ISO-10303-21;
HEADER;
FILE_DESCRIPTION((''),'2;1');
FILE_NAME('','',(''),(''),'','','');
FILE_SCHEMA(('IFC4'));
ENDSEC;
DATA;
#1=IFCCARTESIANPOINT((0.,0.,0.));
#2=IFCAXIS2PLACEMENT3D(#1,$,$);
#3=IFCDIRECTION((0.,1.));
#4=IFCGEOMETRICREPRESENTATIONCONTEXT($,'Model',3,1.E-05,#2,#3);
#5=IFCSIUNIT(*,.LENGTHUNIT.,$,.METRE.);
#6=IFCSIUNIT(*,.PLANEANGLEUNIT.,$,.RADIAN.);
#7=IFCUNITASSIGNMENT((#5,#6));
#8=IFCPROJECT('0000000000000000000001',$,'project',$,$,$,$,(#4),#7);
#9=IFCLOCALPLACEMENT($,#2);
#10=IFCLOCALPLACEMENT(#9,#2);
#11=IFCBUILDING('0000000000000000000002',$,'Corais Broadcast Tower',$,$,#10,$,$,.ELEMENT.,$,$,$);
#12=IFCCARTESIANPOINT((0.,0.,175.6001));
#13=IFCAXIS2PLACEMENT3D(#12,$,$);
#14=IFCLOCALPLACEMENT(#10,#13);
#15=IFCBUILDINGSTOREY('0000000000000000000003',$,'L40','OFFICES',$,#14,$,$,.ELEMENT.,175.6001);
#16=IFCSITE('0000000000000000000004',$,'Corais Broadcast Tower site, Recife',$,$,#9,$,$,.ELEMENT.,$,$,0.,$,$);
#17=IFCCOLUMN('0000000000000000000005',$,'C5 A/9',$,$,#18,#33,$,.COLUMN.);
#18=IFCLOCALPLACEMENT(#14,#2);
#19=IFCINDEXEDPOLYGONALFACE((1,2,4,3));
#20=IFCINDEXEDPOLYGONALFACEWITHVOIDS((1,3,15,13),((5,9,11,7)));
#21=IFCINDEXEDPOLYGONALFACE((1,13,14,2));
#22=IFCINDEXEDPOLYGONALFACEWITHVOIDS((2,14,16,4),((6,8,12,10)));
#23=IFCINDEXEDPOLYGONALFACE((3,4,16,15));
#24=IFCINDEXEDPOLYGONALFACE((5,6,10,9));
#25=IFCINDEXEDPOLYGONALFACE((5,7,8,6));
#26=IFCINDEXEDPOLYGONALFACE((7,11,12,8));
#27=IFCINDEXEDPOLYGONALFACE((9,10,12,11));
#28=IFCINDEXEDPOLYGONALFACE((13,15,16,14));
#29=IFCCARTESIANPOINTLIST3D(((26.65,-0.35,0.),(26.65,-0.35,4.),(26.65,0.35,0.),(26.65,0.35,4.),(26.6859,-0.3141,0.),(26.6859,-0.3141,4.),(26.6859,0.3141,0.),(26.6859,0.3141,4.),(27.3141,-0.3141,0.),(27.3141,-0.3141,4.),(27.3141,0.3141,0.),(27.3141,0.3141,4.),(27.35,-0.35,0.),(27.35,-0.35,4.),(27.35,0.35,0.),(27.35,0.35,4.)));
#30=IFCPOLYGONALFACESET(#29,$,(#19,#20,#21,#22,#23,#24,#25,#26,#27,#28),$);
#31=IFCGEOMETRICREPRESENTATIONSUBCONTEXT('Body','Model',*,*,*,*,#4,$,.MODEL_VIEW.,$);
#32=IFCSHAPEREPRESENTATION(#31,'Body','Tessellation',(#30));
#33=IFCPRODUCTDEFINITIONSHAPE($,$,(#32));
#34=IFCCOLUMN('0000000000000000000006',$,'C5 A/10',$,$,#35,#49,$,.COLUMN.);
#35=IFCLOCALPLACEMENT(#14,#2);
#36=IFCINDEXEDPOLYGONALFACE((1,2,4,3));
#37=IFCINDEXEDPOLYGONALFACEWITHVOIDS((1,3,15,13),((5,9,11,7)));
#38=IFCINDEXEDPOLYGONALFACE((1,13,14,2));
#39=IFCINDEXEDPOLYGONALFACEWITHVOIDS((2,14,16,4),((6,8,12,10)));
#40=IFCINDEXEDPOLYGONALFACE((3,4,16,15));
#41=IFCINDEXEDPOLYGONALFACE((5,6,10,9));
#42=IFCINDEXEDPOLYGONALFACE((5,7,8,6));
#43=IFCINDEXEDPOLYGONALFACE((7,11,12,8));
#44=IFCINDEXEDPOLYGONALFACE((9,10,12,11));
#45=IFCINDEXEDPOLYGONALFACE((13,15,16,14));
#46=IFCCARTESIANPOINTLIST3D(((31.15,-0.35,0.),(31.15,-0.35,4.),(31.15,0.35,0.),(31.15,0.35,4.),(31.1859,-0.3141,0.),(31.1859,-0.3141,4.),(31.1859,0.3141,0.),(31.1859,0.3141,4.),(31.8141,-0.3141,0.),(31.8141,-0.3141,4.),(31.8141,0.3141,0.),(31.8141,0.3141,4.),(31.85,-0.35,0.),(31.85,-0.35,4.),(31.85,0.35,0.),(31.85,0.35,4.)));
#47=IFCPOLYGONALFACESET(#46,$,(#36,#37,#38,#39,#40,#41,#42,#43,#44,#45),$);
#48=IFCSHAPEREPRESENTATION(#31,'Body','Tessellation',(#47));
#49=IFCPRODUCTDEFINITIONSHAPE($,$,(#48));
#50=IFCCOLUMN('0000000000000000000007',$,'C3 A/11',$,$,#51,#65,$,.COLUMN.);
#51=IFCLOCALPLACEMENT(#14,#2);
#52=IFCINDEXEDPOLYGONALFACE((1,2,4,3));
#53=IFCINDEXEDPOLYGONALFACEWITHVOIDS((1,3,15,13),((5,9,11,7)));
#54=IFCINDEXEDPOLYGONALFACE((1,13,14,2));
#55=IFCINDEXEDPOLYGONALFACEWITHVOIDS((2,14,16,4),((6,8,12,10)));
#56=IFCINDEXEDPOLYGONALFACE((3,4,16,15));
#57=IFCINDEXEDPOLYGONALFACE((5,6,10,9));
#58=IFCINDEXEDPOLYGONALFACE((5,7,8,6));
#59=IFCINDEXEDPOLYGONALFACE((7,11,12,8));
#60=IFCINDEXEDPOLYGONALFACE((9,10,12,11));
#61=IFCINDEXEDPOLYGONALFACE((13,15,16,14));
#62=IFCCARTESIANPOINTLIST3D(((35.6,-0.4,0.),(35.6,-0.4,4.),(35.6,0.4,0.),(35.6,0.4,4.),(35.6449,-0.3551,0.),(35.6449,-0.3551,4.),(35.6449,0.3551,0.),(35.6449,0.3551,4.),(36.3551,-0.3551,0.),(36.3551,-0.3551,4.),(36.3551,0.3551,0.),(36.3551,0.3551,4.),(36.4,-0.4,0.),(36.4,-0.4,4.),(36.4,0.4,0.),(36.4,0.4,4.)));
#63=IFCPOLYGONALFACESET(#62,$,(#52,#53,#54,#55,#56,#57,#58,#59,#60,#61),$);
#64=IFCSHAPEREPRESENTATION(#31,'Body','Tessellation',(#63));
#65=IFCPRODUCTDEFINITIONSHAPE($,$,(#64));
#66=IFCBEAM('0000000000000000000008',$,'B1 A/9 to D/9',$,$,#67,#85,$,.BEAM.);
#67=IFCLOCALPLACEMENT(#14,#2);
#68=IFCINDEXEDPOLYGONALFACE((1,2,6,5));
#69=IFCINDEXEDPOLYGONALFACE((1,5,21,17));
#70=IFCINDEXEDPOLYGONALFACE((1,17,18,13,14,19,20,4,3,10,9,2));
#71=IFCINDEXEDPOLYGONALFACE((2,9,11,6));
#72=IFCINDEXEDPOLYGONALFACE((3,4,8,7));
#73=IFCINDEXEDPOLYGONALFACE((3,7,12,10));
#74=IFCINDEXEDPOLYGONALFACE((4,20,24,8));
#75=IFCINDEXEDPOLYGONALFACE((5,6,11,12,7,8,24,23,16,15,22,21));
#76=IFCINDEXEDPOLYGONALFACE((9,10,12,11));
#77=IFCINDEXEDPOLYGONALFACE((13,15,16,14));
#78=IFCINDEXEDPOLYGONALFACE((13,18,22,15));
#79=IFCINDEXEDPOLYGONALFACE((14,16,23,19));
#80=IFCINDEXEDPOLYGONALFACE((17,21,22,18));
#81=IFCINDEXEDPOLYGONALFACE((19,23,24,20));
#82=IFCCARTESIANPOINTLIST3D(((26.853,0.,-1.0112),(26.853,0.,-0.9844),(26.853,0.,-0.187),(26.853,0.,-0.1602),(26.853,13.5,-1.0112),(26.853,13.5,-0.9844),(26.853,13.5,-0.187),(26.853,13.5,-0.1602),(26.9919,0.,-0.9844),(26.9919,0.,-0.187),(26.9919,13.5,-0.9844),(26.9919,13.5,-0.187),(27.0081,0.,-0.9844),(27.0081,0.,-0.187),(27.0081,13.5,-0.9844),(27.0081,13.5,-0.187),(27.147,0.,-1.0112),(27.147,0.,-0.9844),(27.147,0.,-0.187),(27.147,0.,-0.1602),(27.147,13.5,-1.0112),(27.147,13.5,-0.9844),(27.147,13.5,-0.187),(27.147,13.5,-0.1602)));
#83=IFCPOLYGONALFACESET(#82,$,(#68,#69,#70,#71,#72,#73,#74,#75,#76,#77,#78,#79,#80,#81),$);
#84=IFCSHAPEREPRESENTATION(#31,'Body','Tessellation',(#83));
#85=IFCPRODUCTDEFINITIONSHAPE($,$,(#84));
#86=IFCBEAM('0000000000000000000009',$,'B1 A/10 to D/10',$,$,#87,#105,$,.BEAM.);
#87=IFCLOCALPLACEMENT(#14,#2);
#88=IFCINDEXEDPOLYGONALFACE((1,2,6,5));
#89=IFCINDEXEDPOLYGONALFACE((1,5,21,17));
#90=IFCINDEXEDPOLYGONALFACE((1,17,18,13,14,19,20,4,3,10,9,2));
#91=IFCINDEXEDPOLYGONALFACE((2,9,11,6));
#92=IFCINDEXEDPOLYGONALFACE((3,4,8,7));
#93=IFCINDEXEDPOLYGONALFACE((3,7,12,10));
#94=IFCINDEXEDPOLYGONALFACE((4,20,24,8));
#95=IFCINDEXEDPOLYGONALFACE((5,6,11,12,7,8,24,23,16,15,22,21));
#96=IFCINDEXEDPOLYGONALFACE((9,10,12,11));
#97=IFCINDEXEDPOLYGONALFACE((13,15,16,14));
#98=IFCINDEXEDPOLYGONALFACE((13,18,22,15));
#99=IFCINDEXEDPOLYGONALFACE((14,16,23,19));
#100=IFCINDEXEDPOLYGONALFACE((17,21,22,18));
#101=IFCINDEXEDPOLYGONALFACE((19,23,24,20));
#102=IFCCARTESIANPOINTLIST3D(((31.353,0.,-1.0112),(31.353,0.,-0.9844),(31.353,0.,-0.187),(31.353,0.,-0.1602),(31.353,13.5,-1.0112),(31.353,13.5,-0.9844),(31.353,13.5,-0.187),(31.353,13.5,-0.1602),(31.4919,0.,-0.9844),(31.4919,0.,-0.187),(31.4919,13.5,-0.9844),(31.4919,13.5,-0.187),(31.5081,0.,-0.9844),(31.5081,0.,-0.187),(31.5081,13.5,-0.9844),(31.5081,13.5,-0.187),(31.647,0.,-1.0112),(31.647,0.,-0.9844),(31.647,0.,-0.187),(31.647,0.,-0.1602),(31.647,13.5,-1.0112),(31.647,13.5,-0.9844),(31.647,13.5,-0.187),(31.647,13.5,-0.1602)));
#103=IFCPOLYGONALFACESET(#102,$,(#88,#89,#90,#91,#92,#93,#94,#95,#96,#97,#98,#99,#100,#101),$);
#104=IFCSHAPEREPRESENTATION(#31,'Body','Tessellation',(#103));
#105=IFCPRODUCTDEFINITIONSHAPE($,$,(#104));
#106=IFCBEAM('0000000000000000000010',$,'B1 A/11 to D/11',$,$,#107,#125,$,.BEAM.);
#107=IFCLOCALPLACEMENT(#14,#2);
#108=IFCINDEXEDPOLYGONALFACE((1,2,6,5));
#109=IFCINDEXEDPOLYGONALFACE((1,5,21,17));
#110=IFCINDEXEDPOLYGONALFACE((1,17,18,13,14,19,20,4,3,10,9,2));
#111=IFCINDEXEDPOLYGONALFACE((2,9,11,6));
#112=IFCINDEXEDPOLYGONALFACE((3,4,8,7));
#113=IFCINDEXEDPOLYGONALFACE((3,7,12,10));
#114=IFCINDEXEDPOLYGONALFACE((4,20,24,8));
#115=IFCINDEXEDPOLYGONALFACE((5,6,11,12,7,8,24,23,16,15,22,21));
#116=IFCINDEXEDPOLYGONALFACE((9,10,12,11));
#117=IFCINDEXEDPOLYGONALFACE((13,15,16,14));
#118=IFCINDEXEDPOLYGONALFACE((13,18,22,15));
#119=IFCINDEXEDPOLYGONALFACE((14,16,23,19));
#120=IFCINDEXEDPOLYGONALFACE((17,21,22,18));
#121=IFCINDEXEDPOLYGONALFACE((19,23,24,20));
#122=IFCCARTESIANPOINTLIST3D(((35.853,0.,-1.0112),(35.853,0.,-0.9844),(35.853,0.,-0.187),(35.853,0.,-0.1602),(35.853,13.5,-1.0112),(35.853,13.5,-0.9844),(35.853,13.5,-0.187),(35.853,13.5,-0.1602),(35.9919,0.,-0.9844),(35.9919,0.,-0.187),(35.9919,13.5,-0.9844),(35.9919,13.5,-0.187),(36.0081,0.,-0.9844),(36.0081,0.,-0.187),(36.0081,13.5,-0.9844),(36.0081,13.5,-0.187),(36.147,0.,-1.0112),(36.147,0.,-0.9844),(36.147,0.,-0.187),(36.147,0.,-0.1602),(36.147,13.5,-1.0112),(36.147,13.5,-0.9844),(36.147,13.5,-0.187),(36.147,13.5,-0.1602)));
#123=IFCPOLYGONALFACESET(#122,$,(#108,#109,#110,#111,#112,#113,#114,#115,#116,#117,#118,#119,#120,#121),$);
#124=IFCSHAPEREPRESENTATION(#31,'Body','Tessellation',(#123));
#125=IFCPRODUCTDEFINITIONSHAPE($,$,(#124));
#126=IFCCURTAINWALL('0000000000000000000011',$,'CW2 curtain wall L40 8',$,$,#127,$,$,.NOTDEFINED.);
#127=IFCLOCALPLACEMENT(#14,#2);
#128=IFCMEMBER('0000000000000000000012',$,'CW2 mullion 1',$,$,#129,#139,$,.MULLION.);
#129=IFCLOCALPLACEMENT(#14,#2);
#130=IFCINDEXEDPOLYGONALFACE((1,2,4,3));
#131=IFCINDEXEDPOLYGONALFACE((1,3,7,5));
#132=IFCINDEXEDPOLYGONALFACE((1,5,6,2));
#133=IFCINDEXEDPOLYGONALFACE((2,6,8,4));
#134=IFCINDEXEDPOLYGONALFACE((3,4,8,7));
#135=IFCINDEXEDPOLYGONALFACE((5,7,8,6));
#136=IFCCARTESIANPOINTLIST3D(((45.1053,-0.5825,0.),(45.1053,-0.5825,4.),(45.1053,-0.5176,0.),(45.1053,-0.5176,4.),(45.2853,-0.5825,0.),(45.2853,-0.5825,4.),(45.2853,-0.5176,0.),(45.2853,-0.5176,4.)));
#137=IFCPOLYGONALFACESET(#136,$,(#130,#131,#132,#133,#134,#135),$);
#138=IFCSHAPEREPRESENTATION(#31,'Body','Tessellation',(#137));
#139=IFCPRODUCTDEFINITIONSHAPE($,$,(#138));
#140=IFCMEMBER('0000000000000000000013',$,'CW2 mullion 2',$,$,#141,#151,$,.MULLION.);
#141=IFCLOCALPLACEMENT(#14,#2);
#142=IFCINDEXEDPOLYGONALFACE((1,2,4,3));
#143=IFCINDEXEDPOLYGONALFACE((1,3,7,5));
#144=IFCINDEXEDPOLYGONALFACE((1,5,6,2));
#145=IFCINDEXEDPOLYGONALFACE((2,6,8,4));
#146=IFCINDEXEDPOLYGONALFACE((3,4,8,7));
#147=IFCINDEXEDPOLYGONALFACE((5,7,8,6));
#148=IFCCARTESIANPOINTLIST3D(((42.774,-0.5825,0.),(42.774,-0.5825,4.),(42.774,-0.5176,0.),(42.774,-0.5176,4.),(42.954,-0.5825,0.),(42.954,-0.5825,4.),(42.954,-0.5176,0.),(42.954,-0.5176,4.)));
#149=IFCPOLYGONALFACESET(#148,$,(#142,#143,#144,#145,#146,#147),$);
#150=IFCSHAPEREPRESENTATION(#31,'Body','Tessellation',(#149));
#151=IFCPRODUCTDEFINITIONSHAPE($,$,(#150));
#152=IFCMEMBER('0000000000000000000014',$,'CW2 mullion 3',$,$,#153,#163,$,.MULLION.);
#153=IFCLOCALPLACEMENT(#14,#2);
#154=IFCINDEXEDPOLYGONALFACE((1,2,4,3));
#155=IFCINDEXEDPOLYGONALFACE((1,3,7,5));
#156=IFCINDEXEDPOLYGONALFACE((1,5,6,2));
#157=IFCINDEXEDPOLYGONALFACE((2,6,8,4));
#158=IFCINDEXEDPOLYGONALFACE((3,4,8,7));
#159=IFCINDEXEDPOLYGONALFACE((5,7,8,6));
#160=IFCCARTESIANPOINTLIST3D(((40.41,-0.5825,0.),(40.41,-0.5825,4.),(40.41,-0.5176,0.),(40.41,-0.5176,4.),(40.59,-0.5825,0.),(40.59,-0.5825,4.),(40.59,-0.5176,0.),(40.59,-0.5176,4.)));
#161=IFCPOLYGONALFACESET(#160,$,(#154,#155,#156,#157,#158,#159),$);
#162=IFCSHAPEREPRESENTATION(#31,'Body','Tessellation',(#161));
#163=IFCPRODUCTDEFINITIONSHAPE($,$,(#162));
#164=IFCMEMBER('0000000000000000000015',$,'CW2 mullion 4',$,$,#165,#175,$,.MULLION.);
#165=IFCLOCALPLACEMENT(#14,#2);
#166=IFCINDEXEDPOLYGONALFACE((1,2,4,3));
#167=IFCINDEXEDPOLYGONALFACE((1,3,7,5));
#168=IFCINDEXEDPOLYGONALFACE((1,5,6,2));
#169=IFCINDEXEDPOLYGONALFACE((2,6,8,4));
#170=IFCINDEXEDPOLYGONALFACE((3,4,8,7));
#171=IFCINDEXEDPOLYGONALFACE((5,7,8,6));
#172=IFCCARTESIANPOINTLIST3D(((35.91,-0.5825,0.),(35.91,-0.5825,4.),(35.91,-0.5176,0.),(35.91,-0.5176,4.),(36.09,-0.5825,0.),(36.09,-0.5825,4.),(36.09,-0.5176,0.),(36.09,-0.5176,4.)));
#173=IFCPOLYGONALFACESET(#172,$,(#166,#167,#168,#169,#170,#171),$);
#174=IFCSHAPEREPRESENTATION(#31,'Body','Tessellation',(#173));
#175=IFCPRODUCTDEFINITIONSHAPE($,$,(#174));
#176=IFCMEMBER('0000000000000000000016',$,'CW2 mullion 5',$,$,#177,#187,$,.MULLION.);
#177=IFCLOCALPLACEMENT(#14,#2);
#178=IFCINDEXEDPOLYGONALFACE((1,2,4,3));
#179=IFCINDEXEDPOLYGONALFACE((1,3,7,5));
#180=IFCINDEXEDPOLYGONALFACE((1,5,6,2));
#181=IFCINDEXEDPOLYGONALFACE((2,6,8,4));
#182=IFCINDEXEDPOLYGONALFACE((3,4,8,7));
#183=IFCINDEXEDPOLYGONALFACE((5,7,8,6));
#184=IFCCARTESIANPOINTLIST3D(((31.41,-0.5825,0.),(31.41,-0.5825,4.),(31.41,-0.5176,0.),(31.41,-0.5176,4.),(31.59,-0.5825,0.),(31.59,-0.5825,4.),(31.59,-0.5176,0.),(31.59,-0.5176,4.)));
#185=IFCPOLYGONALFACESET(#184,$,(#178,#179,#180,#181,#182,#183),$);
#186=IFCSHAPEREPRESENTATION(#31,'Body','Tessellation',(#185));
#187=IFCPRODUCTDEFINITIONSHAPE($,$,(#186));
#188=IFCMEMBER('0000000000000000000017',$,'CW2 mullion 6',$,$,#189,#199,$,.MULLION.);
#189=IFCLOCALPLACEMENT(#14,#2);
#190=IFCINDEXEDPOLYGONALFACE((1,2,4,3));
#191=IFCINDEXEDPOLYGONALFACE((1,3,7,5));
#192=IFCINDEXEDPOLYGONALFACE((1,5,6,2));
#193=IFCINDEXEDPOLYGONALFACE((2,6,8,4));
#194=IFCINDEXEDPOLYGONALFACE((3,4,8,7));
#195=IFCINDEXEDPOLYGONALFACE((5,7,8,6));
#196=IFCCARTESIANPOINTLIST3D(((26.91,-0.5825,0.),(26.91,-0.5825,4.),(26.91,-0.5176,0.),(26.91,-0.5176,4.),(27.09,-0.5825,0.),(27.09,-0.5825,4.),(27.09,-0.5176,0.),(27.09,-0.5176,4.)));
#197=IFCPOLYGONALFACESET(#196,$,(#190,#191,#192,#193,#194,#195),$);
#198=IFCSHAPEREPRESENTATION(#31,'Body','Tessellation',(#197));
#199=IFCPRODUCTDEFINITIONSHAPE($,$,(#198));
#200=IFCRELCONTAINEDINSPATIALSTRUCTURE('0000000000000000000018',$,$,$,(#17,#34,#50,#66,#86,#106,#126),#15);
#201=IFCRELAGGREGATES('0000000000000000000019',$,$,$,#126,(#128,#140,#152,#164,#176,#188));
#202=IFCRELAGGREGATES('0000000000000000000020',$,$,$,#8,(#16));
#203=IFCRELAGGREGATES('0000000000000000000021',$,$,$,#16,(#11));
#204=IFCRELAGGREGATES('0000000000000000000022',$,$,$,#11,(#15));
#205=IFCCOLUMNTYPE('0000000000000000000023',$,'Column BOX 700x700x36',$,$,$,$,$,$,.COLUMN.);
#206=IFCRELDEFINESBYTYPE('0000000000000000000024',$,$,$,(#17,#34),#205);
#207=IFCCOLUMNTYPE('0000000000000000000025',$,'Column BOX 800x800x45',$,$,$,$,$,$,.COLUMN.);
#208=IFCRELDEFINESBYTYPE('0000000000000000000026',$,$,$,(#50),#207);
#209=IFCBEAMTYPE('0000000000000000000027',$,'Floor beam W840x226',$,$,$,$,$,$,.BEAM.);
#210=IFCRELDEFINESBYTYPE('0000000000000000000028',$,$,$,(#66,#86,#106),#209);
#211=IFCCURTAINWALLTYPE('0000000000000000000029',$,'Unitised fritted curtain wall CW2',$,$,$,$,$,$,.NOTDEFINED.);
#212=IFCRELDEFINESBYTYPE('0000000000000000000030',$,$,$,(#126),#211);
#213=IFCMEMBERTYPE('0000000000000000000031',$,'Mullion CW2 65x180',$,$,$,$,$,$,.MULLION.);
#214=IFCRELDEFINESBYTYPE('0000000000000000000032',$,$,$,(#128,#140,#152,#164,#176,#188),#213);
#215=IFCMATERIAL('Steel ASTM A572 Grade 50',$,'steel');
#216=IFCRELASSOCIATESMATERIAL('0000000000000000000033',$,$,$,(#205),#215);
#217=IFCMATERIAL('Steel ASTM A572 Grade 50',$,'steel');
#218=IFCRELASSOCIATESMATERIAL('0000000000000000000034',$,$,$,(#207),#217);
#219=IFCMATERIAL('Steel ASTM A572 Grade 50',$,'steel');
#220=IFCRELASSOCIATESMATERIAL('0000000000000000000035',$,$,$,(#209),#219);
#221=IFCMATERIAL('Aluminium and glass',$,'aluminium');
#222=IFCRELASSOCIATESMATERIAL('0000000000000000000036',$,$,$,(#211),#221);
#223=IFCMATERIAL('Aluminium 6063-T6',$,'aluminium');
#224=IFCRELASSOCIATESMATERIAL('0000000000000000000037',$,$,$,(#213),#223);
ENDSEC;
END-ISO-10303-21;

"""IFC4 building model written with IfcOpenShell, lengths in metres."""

from ifc_helpers import new_model, si_unit, direction, frame, origin, origin_2d, place, context, subcontext, project, spatial, rectangle, hollow_rectangle, i_section, extrude, material, material_profile, profile_set, type_object, element, aggregate, save


model = new_model("IFC4")

# Units and contexts
model_context = context("Model", 3, precision=1e-05, world=origin(), true_north=direction((0.0, 1.0)))
body_context = subcontext(model_context, "Body", "Model", "MODEL_VIEW")
ifc_project = project(units=[si_unit("LENGTHUNIT", "METRE"), si_unit("PLANEANGLEUNIT", "RADIAN")], contexts=[model_context])

# Site, building, storey
site_placement = place(None, origin())
site = spatial("IfcSite", under=ifc_project, at=site_placement, Name="Corais Broadcast Tower site, Recife", CompositionType="ELEMENT", RefElevation=0.0)
building_placement = place(site_placement, origin())
building = spatial("IfcBuilding", under=site, at=building_placement, Name="Corais Broadcast Tower", CompositionType="ELEMENT")
storey_placement = place(building_placement, frame((0.0, 0.0, 175.6001)))
storey = spatial("IfcBuildingStorey", under=building, at=storey_placement, Name="L40", Description="OFFICES", CompositionType="ELEMENT", Elevation=175.6001)

# Columns
ifc_material_1 = material(Name="Steel ASTM A572 Grade 50", Category="steel")
ifc_material_profile_1 = material_profile(ifc_material_1, hollow_rectangle(XDim=0.7, YDim=0.7, WallThickness=0.0359, at=origin_2d()), Name="BOX 700x700x36")
ifc_profile_set_1 = profile_set([ifc_material_profile_1], Name="Steel ASTM A572 Grade 50")
column_type_1 = type_object("IfcColumnType", Name="Column BOX 700x700x36", PredefinedType="COLUMN", material=ifc_profile_set_1)
for number, where, z_axis, x_axis, name in (
    (1, (27.0, 0.0, 0.0), (0.0, 0.0, 1.0), (1.0, 0.0, 0.0), "C5 A/9"),
    (2, (31.5, 0.0, 0.0), (0.0, 0.0, 1.0), (1.0, 0.0, 0.0), "C5 A/10"),
):
    element("IfcColumn", number, at=place(storey_placement, frame(where, z_axis=z_axis, x_axis=x_axis)), inside=storey, type_object=column_type_1, Name=name, PredefinedType="COLUMN", context=body_context, shape_type="SweptSolid", body=[
        extrude(hollow_rectangle(XDim=0.7, YDim=0.7, WallThickness=0.0359, at=origin_2d()), origin(), (0.0, 0.0, 1.0), 4.0),
    ])
ifc_material_2 = material(Name="Steel ASTM A572 Grade 50", Category="steel")
ifc_material_profile_2 = material_profile(ifc_material_2, hollow_rectangle(XDim=0.8, YDim=0.8, WallThickness=0.0449, at=origin_2d()), Name="BOX 800x800x45")
ifc_profile_set_2 = profile_set([ifc_material_profile_2], Name="Steel ASTM A572 Grade 50")
column_type_2 = type_object("IfcColumnType", Name="Column BOX 800x800x45", PredefinedType="COLUMN", material=ifc_profile_set_2)
column_placement = place(storey_placement, frame((36.0, 0.0, 0.0), z_axis=(0.0, 0.0, 1.0), x_axis=(1.0, 0.0, 0.0)))
element("IfcColumn", 3, at=column_placement, inside=storey, type_object=column_type_2, Name="C3 A/11", PredefinedType="COLUMN", context=body_context, shape_type="SweptSolid", body=[
    extrude(hollow_rectangle(XDim=0.8, YDim=0.8, WallThickness=0.0449, at=origin_2d()), origin(), (0.0, 0.0, 1.0), 4.0),
])

# Beams
ifc_material_3 = material(Name="Steel ASTM A572 Grade 50", Category="steel")
ifc_material_profile_3 = material_profile(ifc_material_3, i_section(OverallWidth=0.2939, OverallDepth=0.8511, WebThickness=0.0161, FlangeThickness=0.0269, at=origin_2d()), Name="W840x226")
ifc_profile_set_3 = profile_set([ifc_material_profile_3], Name="Steel ASTM A572 Grade 50")
beam_type_1 = type_object("IfcBeamType", Name="Floor beam W840x226", PredefinedType="BEAM", material=ifc_profile_set_3)
for number, where, z_axis, x_axis, name in (
    (4, (27.0, 0.0, -0.5857), (0.0, 1.0, 0.0), (-1.0, 0.0, 0.0), "B1 A/9 to D/9"),
    (5, (31.5, 0.0, -0.5857), (0.0, 1.0, 0.0), (-1.0, 0.0, 0.0), "B1 A/10 to D/10"),
    (6, (36.0, 0.0, -0.5857), (0.0, 1.0, 0.0), (-1.0, 0.0, 0.0), "B1 A/11 to D/11"),
):
    element("IfcBeam", number, at=place(storey_placement, frame(where, z_axis=z_axis, x_axis=x_axis)), inside=storey, type_object=beam_type_1, Name=name, PredefinedType="BEAM", context=body_context, shape_type="SweptSolid", body=[
        extrude(i_section(OverallWidth=0.2939, OverallDepth=0.8511, WebThickness=0.0161, FlangeThickness=0.0269, at=origin_2d()), origin(), (0.0, 0.0, 1.0), 13.5),
    ])

# Curtain wall, members
ifc_material_4 = material(Name="Aluminium and glass", Category="aluminium")
curtain_wall_type = type_object("IfcCurtainWallType", Name="Unitised fritted curtain wall CW2", PredefinedType="NOTDEFINED", material=ifc_material_4)
curtain_wall_placement = place(storey_placement, origin())
curtain_wall = element("IfcCurtainWall", 7, at=curtain_wall_placement, inside=storey, type_object=curtain_wall_type, Name="CW2 curtain wall L40 8", PredefinedType="NOTDEFINED")
ifc_material_5 = material(Name="Aluminium 6063-T6", Category="aluminium")
ifc_material_profile_4 = material_profile(ifc_material_5, rectangle(XDim=0.0649, YDim=0.1799, at=origin_2d()), Name="Mullion CW2 65x180")
ifc_profile_set_4 = profile_set([ifc_material_profile_4], Name="Aluminium 6063-T6")
member_type_1 = type_object("IfcMemberType", Name="Mullion CW2 65x180", PredefinedType="MULLION", material=ifc_profile_set_4)
member_1_placement = place(storey_placement, frame((45.1953, -0.55, 0.0), z_axis=(0.0, 0.0, 1.0), x_axis=(0.0, -1.0, 0.0)))
member_1 = element("IfcMember", 8, at=member_1_placement, type_object=member_type_1, Name="CW2 mullion 1", PredefinedType="MULLION", context=body_context, shape_type="SweptSolid", body=[
    extrude(rectangle(XDim=0.0649, YDim=0.1799, at=origin_2d()), origin(), (0.0, 0.0, 1.0), 4.0),
])
member_2_placement = place(storey_placement, frame((42.864, -0.55, 0.0), z_axis=(0.0, 0.0, 1.0), x_axis=(0.0, -1.0, 0.0)))
member_2 = element("IfcMember", 9, at=member_2_placement, type_object=member_type_1, Name="CW2 mullion 2", PredefinedType="MULLION", context=body_context, shape_type="SweptSolid", body=[
    extrude(rectangle(XDim=0.0649, YDim=0.1799, at=origin_2d()), origin(), (0.0, 0.0, 1.0), 4.0),
])
member_3_placement = place(storey_placement, frame((40.5, -0.55, 0.0), z_axis=(0.0, 0.0, 1.0), x_axis=(0.0, -1.0, 0.0)))
member_3 = element("IfcMember", 10, at=member_3_placement, type_object=member_type_1, Name="CW2 mullion 3", PredefinedType="MULLION", context=body_context, shape_type="SweptSolid", body=[
    extrude(rectangle(XDim=0.0649, YDim=0.1799, at=origin_2d()), origin(), (0.0, 0.0, 1.0), 4.0),
])
member_4_placement = place(storey_placement, frame((36.0, -0.55, 0.0), z_axis=(0.0, 0.0, 1.0), x_axis=(0.0, -1.0, 0.0)))
member_4 = element("IfcMember", 11, at=member_4_placement, type_object=member_type_1, Name="CW2 mullion 4", PredefinedType="MULLION", context=body_context, shape_type="SweptSolid", body=[
    extrude(rectangle(XDim=0.0649, YDim=0.1799, at=origin_2d()), origin(), (0.0, 0.0, 1.0), 4.0),
])
member_5_placement = place(storey_placement, frame((31.5, -0.55, 0.0), z_axis=(0.0, 0.0, 1.0), x_axis=(0.0, -1.0, 0.0)))
member_5 = element("IfcMember", 12, at=member_5_placement, type_object=member_type_1, Name="CW2 mullion 5", PredefinedType="MULLION", context=body_context, shape_type="SweptSolid", body=[
    extrude(rectangle(XDim=0.0649, YDim=0.1799, at=origin_2d()), origin(), (0.0, 0.0, 1.0), 4.0),
])
member_6_placement = place(storey_placement, frame((27.0, -0.55, 0.0), z_axis=(0.0, 0.0, 1.0), x_axis=(0.0, -1.0, 0.0)))
member_6 = element("IfcMember", 13, at=member_6_placement, type_object=member_type_1, Name="CW2 mullion 6", PredefinedType="MULLION", context=body_context, shape_type="SweptSolid", body=[
    extrude(rectangle(XDim=0.0649, YDim=0.1799, at=origin_2d()), origin(), (0.0, 0.0, 1.0), 4.0),
])

aggregate(curtain_wall, [member_1, member_2, member_3, member_4, member_5, member_6])

save(model, "model.ifc")
